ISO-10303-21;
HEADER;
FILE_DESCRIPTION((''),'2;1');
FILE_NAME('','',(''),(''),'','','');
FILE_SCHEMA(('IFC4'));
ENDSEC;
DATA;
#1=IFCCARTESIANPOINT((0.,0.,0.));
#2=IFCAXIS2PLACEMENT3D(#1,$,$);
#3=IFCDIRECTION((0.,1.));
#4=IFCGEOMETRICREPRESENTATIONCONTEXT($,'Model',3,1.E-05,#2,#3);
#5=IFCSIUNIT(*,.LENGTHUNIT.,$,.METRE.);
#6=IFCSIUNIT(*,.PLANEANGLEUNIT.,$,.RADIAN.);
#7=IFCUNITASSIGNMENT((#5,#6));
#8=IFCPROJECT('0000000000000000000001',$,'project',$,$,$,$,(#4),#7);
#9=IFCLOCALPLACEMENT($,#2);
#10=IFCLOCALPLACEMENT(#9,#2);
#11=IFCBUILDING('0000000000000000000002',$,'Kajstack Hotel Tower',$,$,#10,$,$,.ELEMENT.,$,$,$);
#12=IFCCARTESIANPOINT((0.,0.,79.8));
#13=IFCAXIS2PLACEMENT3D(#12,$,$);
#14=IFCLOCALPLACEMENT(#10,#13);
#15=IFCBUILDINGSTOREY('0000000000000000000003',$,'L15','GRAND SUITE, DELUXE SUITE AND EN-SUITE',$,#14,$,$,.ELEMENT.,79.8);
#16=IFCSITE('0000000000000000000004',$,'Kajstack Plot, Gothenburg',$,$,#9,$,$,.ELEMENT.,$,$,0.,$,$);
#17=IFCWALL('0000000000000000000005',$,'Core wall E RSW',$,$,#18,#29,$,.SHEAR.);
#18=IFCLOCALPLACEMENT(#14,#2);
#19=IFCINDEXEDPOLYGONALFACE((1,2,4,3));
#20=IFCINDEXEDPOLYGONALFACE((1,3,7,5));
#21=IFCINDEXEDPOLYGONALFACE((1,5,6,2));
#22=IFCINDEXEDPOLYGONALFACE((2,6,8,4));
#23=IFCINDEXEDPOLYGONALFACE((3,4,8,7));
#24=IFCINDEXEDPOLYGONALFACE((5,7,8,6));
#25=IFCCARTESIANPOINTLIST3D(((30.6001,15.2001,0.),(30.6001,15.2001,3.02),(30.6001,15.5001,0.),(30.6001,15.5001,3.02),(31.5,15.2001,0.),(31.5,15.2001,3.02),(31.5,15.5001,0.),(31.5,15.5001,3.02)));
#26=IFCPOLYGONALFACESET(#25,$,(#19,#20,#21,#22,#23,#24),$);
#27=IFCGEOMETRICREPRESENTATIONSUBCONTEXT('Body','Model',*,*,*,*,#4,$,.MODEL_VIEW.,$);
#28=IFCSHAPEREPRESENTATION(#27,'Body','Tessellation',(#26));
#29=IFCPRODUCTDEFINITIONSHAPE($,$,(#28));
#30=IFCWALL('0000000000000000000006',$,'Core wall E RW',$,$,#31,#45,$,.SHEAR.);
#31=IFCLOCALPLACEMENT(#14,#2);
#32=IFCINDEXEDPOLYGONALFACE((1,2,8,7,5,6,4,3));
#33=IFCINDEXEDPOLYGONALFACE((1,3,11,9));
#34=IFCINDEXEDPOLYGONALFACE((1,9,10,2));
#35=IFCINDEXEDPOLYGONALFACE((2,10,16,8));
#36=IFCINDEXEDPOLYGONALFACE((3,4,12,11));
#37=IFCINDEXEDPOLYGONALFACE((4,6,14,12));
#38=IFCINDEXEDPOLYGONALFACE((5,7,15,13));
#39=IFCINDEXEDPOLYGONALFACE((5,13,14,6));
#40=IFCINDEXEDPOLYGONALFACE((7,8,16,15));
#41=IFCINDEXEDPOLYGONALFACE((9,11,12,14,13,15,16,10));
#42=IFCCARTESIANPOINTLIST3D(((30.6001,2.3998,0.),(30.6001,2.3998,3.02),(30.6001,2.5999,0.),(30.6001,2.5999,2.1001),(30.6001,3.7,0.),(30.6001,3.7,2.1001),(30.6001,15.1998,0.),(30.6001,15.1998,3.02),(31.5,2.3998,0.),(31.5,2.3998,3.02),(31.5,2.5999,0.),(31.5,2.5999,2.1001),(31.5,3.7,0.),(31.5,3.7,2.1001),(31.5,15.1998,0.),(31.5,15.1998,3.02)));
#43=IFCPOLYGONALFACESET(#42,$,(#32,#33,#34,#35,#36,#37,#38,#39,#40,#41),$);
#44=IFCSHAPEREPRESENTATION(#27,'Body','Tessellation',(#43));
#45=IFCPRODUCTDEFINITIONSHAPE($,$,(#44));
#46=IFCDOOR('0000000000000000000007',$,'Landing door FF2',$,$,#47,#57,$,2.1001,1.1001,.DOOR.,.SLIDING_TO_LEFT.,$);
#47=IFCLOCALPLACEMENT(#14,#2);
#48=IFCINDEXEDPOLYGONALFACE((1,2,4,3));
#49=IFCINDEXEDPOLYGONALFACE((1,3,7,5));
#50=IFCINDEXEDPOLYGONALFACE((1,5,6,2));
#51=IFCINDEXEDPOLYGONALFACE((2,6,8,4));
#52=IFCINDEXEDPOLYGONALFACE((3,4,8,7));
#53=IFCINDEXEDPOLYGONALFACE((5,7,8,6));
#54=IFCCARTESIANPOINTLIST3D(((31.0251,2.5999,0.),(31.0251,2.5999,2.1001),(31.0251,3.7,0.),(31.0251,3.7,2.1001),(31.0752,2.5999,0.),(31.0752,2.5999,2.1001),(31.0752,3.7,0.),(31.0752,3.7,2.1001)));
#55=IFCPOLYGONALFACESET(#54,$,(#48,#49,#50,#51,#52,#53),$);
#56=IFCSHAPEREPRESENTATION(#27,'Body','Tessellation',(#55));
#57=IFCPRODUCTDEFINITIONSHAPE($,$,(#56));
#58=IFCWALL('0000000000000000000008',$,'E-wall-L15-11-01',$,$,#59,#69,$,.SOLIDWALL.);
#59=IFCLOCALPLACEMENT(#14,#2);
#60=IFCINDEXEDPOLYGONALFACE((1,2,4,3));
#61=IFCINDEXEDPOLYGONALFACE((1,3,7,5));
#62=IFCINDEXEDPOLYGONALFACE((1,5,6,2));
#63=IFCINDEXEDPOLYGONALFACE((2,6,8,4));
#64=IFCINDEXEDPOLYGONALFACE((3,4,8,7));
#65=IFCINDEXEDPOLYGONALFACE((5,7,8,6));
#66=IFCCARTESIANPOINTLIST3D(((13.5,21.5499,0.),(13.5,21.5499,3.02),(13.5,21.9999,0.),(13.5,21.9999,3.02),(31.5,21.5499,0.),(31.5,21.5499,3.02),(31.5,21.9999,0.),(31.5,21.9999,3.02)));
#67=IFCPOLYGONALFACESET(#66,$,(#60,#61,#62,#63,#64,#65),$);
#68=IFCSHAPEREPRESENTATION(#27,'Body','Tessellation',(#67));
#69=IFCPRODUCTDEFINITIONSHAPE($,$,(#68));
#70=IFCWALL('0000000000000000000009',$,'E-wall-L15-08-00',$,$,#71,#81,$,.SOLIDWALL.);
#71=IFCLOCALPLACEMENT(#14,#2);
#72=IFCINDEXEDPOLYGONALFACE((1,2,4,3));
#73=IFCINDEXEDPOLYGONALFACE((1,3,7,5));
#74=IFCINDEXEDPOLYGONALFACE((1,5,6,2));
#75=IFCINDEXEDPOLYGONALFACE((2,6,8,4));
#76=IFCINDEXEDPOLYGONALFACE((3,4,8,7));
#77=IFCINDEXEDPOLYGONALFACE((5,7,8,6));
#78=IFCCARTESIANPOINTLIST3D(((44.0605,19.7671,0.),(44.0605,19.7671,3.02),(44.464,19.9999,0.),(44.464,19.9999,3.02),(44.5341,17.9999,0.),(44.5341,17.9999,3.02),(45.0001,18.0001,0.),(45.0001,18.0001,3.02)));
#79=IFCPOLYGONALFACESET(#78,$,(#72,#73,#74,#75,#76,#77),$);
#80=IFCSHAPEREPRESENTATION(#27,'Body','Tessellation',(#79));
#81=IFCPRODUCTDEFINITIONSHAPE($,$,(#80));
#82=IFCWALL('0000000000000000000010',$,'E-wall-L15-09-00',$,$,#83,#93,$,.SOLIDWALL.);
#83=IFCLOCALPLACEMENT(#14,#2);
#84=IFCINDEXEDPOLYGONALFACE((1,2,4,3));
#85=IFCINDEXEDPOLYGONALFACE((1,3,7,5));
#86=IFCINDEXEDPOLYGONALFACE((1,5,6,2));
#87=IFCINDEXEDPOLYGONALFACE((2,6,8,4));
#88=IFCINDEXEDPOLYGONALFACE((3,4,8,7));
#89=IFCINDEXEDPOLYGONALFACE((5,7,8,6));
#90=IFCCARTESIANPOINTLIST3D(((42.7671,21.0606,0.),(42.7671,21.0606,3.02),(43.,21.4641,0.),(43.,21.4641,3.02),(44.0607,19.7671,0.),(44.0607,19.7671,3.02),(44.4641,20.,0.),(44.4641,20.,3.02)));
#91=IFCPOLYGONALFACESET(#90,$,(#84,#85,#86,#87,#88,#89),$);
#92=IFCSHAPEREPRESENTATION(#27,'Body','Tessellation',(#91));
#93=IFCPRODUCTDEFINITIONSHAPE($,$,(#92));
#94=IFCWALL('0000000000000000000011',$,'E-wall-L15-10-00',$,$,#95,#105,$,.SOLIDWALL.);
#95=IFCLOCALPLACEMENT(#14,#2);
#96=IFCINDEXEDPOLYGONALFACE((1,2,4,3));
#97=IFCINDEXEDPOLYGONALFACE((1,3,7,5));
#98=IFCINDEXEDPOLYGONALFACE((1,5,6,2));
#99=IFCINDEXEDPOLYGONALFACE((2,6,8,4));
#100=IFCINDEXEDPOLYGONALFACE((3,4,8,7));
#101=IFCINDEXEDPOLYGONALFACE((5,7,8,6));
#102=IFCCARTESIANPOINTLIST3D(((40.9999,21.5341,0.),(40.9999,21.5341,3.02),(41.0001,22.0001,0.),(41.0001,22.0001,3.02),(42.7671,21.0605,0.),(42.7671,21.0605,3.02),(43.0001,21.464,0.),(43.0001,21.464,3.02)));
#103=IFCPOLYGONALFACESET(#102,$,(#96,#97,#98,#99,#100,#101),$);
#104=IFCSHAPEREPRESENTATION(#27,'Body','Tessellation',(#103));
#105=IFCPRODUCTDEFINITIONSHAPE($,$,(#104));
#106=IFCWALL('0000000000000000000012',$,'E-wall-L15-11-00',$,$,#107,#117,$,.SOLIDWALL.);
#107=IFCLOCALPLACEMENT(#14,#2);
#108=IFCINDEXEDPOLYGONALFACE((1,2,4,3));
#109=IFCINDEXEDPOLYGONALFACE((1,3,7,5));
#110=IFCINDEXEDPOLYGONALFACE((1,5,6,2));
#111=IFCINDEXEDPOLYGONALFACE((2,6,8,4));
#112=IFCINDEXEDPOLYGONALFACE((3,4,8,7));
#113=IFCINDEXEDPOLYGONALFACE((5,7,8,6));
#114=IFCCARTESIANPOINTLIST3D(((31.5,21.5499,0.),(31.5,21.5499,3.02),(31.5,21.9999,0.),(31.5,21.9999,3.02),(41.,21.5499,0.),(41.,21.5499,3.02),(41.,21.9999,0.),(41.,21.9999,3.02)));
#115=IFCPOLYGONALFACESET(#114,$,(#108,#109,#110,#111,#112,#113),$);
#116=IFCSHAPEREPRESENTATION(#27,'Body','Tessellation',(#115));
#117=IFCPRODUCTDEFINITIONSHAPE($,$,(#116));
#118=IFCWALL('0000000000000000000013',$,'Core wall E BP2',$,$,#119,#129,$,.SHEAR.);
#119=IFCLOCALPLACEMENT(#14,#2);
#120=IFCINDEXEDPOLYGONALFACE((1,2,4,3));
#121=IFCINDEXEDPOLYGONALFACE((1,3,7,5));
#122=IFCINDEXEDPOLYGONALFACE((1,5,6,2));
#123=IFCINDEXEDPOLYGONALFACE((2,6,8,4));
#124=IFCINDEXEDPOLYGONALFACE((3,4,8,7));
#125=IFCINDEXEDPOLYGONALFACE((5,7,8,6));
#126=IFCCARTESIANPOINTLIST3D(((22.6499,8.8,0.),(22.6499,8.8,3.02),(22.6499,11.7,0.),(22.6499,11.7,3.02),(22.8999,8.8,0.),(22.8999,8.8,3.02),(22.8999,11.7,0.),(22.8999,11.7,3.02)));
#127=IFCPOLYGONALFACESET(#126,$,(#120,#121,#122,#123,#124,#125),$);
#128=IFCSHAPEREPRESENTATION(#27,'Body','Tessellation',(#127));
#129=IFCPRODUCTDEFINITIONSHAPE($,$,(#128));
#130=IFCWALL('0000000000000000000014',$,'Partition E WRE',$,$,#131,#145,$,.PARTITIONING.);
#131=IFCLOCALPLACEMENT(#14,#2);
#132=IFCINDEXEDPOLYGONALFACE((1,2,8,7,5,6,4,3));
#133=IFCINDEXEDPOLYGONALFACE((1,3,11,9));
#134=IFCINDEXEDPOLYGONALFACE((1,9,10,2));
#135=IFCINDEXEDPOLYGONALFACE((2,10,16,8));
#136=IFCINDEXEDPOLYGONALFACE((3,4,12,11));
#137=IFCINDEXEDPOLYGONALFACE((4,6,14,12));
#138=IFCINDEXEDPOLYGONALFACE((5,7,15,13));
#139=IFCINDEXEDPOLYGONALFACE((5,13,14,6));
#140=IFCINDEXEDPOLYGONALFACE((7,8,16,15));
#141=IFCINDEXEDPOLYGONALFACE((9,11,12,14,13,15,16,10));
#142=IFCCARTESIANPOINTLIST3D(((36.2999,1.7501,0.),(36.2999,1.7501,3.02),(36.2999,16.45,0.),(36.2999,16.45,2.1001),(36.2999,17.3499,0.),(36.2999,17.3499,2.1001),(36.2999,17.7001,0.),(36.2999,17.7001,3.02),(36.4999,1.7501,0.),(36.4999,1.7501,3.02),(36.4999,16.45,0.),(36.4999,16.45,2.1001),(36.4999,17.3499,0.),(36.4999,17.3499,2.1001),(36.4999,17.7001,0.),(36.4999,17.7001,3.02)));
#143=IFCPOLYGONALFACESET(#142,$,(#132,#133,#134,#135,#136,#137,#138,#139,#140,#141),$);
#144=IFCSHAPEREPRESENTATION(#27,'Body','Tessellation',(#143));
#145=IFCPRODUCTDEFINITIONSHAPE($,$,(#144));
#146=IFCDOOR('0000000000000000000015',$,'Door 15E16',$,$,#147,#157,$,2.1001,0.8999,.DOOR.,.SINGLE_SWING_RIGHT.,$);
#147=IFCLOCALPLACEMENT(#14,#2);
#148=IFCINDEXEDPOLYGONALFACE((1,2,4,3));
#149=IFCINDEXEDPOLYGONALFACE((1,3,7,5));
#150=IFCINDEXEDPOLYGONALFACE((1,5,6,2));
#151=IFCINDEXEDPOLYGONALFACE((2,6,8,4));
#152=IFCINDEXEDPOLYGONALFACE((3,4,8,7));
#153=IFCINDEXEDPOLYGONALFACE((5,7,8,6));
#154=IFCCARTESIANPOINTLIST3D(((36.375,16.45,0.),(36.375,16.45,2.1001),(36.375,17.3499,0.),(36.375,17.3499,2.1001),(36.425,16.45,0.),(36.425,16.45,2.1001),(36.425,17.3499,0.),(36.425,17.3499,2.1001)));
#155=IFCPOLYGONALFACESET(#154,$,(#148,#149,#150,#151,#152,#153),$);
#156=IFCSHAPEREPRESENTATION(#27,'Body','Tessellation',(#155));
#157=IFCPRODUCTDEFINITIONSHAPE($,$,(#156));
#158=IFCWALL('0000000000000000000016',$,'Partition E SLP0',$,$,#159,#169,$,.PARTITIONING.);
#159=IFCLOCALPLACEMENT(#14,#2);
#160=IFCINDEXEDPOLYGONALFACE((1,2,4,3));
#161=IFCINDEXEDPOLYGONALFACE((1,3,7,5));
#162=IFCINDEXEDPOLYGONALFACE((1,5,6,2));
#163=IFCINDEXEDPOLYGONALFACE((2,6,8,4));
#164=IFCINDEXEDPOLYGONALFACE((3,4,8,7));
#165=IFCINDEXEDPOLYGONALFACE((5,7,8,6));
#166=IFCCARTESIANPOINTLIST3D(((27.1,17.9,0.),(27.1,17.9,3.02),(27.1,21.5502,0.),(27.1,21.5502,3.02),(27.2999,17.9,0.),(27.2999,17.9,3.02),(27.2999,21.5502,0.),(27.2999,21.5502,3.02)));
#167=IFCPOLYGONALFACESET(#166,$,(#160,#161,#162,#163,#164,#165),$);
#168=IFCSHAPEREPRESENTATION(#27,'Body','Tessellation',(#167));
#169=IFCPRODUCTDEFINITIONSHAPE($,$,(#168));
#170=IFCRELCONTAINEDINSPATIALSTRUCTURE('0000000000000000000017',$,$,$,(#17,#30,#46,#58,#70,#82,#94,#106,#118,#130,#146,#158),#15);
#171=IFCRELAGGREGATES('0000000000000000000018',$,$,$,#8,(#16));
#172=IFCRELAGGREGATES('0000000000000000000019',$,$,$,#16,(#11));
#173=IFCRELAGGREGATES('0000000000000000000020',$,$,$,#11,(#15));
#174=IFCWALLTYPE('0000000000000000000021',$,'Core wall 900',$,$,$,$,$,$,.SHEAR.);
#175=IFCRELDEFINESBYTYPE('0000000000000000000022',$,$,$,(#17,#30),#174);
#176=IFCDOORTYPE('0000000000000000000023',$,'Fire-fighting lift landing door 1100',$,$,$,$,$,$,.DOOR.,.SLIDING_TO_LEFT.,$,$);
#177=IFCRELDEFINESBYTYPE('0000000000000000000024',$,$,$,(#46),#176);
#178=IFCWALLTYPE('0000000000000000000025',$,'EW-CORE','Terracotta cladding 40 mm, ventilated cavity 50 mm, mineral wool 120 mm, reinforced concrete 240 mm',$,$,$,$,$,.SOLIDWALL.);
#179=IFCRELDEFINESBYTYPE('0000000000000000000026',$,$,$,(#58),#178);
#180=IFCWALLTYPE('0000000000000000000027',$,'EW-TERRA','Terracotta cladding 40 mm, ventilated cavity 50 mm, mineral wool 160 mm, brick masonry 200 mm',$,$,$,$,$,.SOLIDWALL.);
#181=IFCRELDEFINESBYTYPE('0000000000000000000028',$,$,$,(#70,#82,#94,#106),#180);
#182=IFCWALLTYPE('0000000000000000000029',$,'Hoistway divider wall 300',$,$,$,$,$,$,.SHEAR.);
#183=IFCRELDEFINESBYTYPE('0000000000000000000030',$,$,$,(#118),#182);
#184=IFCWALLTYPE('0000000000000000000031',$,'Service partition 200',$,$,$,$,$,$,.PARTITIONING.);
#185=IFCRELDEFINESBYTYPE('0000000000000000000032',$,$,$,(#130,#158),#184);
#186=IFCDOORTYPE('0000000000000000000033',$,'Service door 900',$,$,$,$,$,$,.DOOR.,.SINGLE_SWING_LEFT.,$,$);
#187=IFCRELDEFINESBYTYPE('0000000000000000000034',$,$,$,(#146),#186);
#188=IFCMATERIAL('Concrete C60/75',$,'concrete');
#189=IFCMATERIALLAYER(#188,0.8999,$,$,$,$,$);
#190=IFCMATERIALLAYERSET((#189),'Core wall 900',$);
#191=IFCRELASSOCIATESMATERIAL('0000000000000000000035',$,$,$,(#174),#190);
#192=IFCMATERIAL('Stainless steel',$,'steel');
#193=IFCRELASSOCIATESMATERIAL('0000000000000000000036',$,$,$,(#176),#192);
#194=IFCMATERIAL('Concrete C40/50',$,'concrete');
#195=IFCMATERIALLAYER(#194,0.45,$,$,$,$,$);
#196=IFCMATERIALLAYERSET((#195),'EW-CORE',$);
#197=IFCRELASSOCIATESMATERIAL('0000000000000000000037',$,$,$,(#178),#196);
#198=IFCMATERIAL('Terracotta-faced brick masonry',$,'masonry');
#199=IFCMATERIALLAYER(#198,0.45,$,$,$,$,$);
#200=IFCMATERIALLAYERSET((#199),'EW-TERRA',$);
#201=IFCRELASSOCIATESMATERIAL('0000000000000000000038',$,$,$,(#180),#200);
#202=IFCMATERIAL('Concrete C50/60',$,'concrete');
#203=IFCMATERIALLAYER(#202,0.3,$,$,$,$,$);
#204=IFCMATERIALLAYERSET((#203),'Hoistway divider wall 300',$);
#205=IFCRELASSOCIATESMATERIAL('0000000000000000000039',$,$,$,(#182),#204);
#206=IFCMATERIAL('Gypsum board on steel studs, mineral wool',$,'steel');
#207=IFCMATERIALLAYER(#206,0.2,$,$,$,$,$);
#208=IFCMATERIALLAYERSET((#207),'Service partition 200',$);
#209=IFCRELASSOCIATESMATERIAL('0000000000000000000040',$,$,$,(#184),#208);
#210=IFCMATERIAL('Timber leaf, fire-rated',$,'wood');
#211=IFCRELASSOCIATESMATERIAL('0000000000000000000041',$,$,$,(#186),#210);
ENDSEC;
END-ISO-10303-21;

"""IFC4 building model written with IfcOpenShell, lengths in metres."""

from ifc_helpers import new_model, si_unit, direction, frame, frame_2d, origin, place, context, subcontext, project, spatial, polyline, rectangle, outline, extrude, material, layer, layer_set, type_object, element, fill, save


model = new_model("IFC4")

# Units and contexts
model_context = context("Model", 3, precision=1e-05, world=origin(), true_north=direction((0.0, 1.0)))
body_context = subcontext(model_context, "Body", "Model", "MODEL_VIEW")
ifc_project = project(units=[si_unit("LENGTHUNIT", "METRE"), si_unit("PLANEANGLEUNIT", "RADIAN")], contexts=[model_context])

# Site, building, storey
site_placement = place(None, origin())
site = spatial("IfcSite", under=ifc_project, at=site_placement, Name="Kajstack Plot, Gothenburg", CompositionType="ELEMENT", RefElevation=0.0)
building_placement = place(site_placement, origin())
building = spatial("IfcBuilding", under=site, at=building_placement, Name="Kajstack Hotel Tower", CompositionType="ELEMENT")
storey_placement = place(building_placement, frame((0.0, 0.0, 79.8)))
storey = spatial("IfcBuildingStorey", under=building, at=storey_placement, Name="L15", Description="GRAND SUITE, DELUXE SUITE AND EN-SUITE", CompositionType="ELEMENT", Elevation=79.8)

# Wall
ifc_material_1 = material(Name="Concrete C60/75", Category="concrete")
ifc_layer_1 = layer(ifc_material_1, 0.8999)
ifc_layer_set_1 = layer_set([ifc_layer_1], Name="Core wall 900")
wall_type_1 = type_object("IfcWallType", Name="Core wall 900", PredefinedType="SHEAR", material=ifc_layer_set_1)
wall_1_placement = place(storey_placement, frame((30.6001, 15.3501, 0.0), z_axis=(0.0, 0.0, 1.0), x_axis=(1.0, 0.0, 0.0)))
element("IfcWall", 1, at=wall_1_placement, inside=storey, type_object=wall_type_1, Name="Core wall E RSW", PredefinedType="SHEAR", context=body_context, shape_type="SweptSolid", body=[
    extrude(rectangle(XDim=0.8999, YDim=0.3, at=frame_2d((0.45, 0.0))), origin(), (0.0, 0.0, 1.0), 3.02),
])

# Wall, opening, door
wall_2_placement = place(storey_placement, frame((31.05, 2.3999, 0.0), z_axis=(0.0, 0.0, 1.0), x_axis=(0.0, 1.0, 0.0)))
wall_2 = element("IfcWall", 2, at=wall_2_placement, inside=storey, type_object=wall_type_1, Name="Core wall E RW", PredefinedType="SHEAR", context=body_context, shape_type="SweptSolid", body=[
    extrude(rectangle(XDim=12.8, YDim=0.8999, at=frame_2d((6.3999, 0.0))), origin(), (0.0, 0.0, 1.0), 3.02),
])
opening_1_placement = place(wall_2_placement, frame((0.2, 0.0, 0.0)))
opening_1 = element("IfcOpeningElement", 3, at=opening_1_placement, cuts=wall_2, PredefinedType="OPENING", context=body_context, shape_type="SweptSolid", body=[
    extrude(rectangle(XDim=1.1001, YDim=2.1001, at=frame_2d((0.55, 1.05))), frame((0.0, 0.46, 0.0), z_axis=(0.0, -1.0, 0.0), x_axis=(1.0, 0.0, 0.0)), (0.0, 0.0, 1.0), 0.9199),
])
ifc_material_2 = material(Name="Stainless steel", Category="steel")
door_type_1 = type_object("IfcDoorType", Name="Fire-fighting lift landing door 1100", OperationType="SLIDING_TO_LEFT", PredefinedType="DOOR", material=ifc_material_2)
door_1_placement = place(opening_1_placement, origin())
door_1 = element("IfcDoor", 4, at=door_1_placement, inside=storey, type_object=door_type_1, Name="Landing door FF2", OperationType="SLIDING_TO_LEFT", OverallHeight=2.1001, OverallWidth=1.1001, PredefinedType="DOOR", context=body_context, shape_type="SweptSolid", body=[
    extrude(rectangle(XDim=1.1001, YDim=2.1001, at=frame_2d((0.55, 1.05))), frame((0.0, 0.0249, 0.0), z_axis=(0.0, -1.0, 0.0), x_axis=(1.0, 0.0, 0.0)), (0.0, 0.0, 1.0), 0.05),
])
fill(opening_1, door_1)

# Walls
ifc_material_3 = material(Name="Concrete C40/50", Category="concrete")
ifc_layer_2 = layer(ifc_material_3, 0.45)
ifc_layer_set_2 = layer_set([ifc_layer_2], Name="EW-CORE")
wall_type_2 = type_object("IfcWallType", Name="EW-CORE", Description="Terracotta cladding 40 mm, ventilated cavity 50 mm, mineral wool 120 mm, reinforced concrete 240 mm", PredefinedType="SOLIDWALL", material=ifc_layer_set_2)
wall_3_placement = place(storey_placement, frame((31.5, 21.7749, 0.0), z_axis=(0.0, 0.0, 1.0), x_axis=(-1.0, 0.0, 0.0)))
element("IfcWall", 5, at=wall_3_placement, inside=storey, type_object=wall_type_2, Name="E-wall-L15-11-01", PredefinedType="SOLIDWALL", context=body_context, shape_type="SweptSolid", body=[
    extrude(rectangle(XDim=18.0, YDim=0.45, at=frame_2d((9.0, 0.0))), origin(), (0.0, 0.0, 1.0), 3.02),
])
ifc_material_4 = material(Name="Terracotta-faced brick masonry", Category="masonry")
ifc_layer_3 = layer(ifc_material_4, 0.45)
ifc_layer_set_3 = layer_set([ifc_layer_3], Name="EW-TERRA")
wall_type_3 = type_object("IfcWallType", Name="EW-TERRA", Description="Terracotta cladding 40 mm, ventilated cavity 50 mm, mineral wool 160 mm, brick masonry 200 mm", PredefinedType="SOLIDWALL", material=ifc_layer_set_3)
wall_4_placement = place(storey_placement, frame((44.7827, 17.9417, 0.0), z_axis=(0.0, 0.0, 1.0), x_axis=(-0.258815, 0.965927, 0.0)))
element("IfcWall", 6, at=wall_4_placement, inside=storey, type_object=wall_type_3, Name="E-wall-L15-08-00", PredefinedType="SOLIDWALL", context=body_context, shape_type="SweptSolid", body=[
    extrude(outline(polyline([(0.0002, -0.2251), (2.0706, -0.2249), (1.9502, 0.2251), (0.1206, 0.2251), (0.0002, -0.2251)])), origin(), (0.0, 0.0, 1.0), 3.02),
])
wall_5_placement = place(storey_placement, frame((44.3049, 19.8408, 0.0), z_axis=(0.0, 0.0, 1.0), x_axis=(-0.707107, 0.707107, 0.0)))
element("IfcWall", 7, at=wall_5_placement, inside=storey, type_object=wall_type_3, Name="E-wall-L15-09-00", PredefinedType="SOLIDWALL", context=body_context, shape_type="SweptSolid", body=[
    extrude(outline(polyline([(0.0, -0.2251), (2.0706, -0.2251), (1.95, 0.2249), (0.1206, 0.2249), (0.0, -0.2251)])), origin(), (0.0, 0.0, 1.0), 3.02),
])
wall_6_placement = place(storey_placement, frame((42.9417, 21.2468, 0.0), z_axis=(0.0, 0.0, 1.0), x_axis=(-0.965927, 0.258815, 0.0)))
element("IfcWall", 8, at=wall_6_placement, inside=storey, type_object=wall_type_3, Name="E-wall-L15-10-00", PredefinedType="SOLIDWALL", context=body_context, shape_type="SweptSolid", body=[
    extrude(outline(polyline([(-0.0002, -0.2249), (2.0703, -0.2251), (1.95, 0.2251), (0.1204, 0.2251), (-0.0002, -0.2249)])), origin(), (0.0, 0.0, 1.0), 3.02),
])
wall_7_placement = place(storey_placement, frame((41.0, 21.7749, 0.0), z_axis=(0.0, 0.0, 1.0), x_axis=(-1.0, 0.0, 0.0)))
element("IfcWall", 9, at=wall_7_placement, inside=storey, type_object=wall_type_3, Name="E-wall-L15-11-00", PredefinedType="SOLIDWALL", context=body_context, shape_type="SweptSolid", body=[
    extrude(rectangle(XDim=9.5, YDim=0.45, at=frame_2d((4.75, 0.0))), origin(), (0.0, 0.0, 1.0), 3.02),
])
ifc_material_5 = material(Name="Concrete C50/60", Category="concrete")
ifc_layer_4 = layer(ifc_material_5, 0.3)
ifc_layer_set_4 = layer_set([ifc_layer_4], Name="Hoistway divider wall 300")
wall_type_4 = type_object("IfcWallType", Name="Hoistway divider wall 300", PredefinedType="SHEAR", material=ifc_layer_set_4)
wall_8_placement = place(storey_placement, frame((22.7749, 8.8, 0.0), z_axis=(0.0, 0.0, 1.0), x_axis=(0.0, 1.0, 0.0)))
element("IfcWall", 10, at=wall_8_placement, inside=storey, type_object=wall_type_4, Name="Core wall E BP2", PredefinedType="SHEAR", context=body_context, shape_type="SweptSolid", body=[
    extrude(rectangle(XDim=2.8999, YDim=0.25, at=frame_2d((1.45, 0.0))), origin(), (0.0, 0.0, 1.0), 3.02),
])

# Wall, opening, door
ifc_material_6 = material(Name="Gypsum board on steel studs, mineral wool", Category="steel")
ifc_layer_5 = layer(ifc_material_6, 0.2)
ifc_layer_set_5 = layer_set([ifc_layer_5], Name="Service partition 200")
wall_type_5 = type_object("IfcWallType", Name="Service partition 200", PredefinedType="PARTITIONING", material=ifc_layer_set_5)
wall_9_placement = place(storey_placement, frame((36.3999, 1.75, 0.0), z_axis=(0.0, 0.0, 1.0), x_axis=(0.0, 1.0, 0.0)))
wall_9 = element("IfcWall", 11, at=wall_9_placement, inside=storey, type_object=wall_type_5, Name="Partition E WRE", PredefinedType="PARTITIONING", context=body_context, shape_type="SweptSolid", body=[
    extrude(rectangle(XDim=15.95, YDim=0.2, at=frame_2d((7.9751, 0.0))), origin(), (0.0, 0.0, 1.0), 3.02),
])
opening_2_placement = place(wall_9_placement, frame((14.7, 0.0, 0.0)))
opening_2 = element("IfcOpeningElement", 12, at=opening_2_placement, cuts=wall_9, PredefinedType="OPENING", context=body_context, shape_type="SweptSolid", body=[
    extrude(rectangle(XDim=0.8999, YDim=2.1001, at=frame_2d((0.45, 1.05))), frame((0.0, 0.1099, 0.0), z_axis=(0.0, -1.0, 0.0), x_axis=(1.0, 0.0, 0.0)), (0.0, 0.0, 1.0), 0.22),
])
ifc_material_7 = material(Name="Timber leaf, fire-rated", Category="wood")
door_type_2 = type_object("IfcDoorType", Name="Service door 900", OperationType="SINGLE_SWING_LEFT", PredefinedType="DOOR", material=ifc_material_7)
door_2_placement = place(opening_2_placement, origin())
door_2 = element("IfcDoor", 13, at=door_2_placement, inside=storey, type_object=door_type_2, Name="Door 15E16", OperationType="SINGLE_SWING_RIGHT", OverallHeight=2.1001, OverallWidth=0.8999, PredefinedType="DOOR", context=body_context, shape_type="SweptSolid", body=[
    extrude(rectangle(XDim=0.8999, YDim=2.1001, at=frame_2d((0.45, 1.05))), frame((0.0, 0.0249, 0.0), z_axis=(0.0, -1.0, 0.0), x_axis=(1.0, 0.0, 0.0)), (0.0, 0.0, 1.0), 0.05),
])
fill(opening_2, door_2)

# Wall
wall_10_placement = place(storey_placement, frame((27.2, 17.8999, 0.0), z_axis=(0.0, 0.0, 1.0), x_axis=(0.0, 1.0, 0.0)))
element("IfcWall", 14, at=wall_10_placement, inside=storey, type_object=wall_type_5, Name="Partition E SLP0", PredefinedType="PARTITIONING", context=body_context, shape_type="SweptSolid", body=[
    extrude(rectangle(XDim=3.6501, YDim=0.2, at=frame_2d((1.8252, 0.0))), origin(), (0.0, 0.0, 1.0), 3.02),
])

save(model, "model.ifc")
